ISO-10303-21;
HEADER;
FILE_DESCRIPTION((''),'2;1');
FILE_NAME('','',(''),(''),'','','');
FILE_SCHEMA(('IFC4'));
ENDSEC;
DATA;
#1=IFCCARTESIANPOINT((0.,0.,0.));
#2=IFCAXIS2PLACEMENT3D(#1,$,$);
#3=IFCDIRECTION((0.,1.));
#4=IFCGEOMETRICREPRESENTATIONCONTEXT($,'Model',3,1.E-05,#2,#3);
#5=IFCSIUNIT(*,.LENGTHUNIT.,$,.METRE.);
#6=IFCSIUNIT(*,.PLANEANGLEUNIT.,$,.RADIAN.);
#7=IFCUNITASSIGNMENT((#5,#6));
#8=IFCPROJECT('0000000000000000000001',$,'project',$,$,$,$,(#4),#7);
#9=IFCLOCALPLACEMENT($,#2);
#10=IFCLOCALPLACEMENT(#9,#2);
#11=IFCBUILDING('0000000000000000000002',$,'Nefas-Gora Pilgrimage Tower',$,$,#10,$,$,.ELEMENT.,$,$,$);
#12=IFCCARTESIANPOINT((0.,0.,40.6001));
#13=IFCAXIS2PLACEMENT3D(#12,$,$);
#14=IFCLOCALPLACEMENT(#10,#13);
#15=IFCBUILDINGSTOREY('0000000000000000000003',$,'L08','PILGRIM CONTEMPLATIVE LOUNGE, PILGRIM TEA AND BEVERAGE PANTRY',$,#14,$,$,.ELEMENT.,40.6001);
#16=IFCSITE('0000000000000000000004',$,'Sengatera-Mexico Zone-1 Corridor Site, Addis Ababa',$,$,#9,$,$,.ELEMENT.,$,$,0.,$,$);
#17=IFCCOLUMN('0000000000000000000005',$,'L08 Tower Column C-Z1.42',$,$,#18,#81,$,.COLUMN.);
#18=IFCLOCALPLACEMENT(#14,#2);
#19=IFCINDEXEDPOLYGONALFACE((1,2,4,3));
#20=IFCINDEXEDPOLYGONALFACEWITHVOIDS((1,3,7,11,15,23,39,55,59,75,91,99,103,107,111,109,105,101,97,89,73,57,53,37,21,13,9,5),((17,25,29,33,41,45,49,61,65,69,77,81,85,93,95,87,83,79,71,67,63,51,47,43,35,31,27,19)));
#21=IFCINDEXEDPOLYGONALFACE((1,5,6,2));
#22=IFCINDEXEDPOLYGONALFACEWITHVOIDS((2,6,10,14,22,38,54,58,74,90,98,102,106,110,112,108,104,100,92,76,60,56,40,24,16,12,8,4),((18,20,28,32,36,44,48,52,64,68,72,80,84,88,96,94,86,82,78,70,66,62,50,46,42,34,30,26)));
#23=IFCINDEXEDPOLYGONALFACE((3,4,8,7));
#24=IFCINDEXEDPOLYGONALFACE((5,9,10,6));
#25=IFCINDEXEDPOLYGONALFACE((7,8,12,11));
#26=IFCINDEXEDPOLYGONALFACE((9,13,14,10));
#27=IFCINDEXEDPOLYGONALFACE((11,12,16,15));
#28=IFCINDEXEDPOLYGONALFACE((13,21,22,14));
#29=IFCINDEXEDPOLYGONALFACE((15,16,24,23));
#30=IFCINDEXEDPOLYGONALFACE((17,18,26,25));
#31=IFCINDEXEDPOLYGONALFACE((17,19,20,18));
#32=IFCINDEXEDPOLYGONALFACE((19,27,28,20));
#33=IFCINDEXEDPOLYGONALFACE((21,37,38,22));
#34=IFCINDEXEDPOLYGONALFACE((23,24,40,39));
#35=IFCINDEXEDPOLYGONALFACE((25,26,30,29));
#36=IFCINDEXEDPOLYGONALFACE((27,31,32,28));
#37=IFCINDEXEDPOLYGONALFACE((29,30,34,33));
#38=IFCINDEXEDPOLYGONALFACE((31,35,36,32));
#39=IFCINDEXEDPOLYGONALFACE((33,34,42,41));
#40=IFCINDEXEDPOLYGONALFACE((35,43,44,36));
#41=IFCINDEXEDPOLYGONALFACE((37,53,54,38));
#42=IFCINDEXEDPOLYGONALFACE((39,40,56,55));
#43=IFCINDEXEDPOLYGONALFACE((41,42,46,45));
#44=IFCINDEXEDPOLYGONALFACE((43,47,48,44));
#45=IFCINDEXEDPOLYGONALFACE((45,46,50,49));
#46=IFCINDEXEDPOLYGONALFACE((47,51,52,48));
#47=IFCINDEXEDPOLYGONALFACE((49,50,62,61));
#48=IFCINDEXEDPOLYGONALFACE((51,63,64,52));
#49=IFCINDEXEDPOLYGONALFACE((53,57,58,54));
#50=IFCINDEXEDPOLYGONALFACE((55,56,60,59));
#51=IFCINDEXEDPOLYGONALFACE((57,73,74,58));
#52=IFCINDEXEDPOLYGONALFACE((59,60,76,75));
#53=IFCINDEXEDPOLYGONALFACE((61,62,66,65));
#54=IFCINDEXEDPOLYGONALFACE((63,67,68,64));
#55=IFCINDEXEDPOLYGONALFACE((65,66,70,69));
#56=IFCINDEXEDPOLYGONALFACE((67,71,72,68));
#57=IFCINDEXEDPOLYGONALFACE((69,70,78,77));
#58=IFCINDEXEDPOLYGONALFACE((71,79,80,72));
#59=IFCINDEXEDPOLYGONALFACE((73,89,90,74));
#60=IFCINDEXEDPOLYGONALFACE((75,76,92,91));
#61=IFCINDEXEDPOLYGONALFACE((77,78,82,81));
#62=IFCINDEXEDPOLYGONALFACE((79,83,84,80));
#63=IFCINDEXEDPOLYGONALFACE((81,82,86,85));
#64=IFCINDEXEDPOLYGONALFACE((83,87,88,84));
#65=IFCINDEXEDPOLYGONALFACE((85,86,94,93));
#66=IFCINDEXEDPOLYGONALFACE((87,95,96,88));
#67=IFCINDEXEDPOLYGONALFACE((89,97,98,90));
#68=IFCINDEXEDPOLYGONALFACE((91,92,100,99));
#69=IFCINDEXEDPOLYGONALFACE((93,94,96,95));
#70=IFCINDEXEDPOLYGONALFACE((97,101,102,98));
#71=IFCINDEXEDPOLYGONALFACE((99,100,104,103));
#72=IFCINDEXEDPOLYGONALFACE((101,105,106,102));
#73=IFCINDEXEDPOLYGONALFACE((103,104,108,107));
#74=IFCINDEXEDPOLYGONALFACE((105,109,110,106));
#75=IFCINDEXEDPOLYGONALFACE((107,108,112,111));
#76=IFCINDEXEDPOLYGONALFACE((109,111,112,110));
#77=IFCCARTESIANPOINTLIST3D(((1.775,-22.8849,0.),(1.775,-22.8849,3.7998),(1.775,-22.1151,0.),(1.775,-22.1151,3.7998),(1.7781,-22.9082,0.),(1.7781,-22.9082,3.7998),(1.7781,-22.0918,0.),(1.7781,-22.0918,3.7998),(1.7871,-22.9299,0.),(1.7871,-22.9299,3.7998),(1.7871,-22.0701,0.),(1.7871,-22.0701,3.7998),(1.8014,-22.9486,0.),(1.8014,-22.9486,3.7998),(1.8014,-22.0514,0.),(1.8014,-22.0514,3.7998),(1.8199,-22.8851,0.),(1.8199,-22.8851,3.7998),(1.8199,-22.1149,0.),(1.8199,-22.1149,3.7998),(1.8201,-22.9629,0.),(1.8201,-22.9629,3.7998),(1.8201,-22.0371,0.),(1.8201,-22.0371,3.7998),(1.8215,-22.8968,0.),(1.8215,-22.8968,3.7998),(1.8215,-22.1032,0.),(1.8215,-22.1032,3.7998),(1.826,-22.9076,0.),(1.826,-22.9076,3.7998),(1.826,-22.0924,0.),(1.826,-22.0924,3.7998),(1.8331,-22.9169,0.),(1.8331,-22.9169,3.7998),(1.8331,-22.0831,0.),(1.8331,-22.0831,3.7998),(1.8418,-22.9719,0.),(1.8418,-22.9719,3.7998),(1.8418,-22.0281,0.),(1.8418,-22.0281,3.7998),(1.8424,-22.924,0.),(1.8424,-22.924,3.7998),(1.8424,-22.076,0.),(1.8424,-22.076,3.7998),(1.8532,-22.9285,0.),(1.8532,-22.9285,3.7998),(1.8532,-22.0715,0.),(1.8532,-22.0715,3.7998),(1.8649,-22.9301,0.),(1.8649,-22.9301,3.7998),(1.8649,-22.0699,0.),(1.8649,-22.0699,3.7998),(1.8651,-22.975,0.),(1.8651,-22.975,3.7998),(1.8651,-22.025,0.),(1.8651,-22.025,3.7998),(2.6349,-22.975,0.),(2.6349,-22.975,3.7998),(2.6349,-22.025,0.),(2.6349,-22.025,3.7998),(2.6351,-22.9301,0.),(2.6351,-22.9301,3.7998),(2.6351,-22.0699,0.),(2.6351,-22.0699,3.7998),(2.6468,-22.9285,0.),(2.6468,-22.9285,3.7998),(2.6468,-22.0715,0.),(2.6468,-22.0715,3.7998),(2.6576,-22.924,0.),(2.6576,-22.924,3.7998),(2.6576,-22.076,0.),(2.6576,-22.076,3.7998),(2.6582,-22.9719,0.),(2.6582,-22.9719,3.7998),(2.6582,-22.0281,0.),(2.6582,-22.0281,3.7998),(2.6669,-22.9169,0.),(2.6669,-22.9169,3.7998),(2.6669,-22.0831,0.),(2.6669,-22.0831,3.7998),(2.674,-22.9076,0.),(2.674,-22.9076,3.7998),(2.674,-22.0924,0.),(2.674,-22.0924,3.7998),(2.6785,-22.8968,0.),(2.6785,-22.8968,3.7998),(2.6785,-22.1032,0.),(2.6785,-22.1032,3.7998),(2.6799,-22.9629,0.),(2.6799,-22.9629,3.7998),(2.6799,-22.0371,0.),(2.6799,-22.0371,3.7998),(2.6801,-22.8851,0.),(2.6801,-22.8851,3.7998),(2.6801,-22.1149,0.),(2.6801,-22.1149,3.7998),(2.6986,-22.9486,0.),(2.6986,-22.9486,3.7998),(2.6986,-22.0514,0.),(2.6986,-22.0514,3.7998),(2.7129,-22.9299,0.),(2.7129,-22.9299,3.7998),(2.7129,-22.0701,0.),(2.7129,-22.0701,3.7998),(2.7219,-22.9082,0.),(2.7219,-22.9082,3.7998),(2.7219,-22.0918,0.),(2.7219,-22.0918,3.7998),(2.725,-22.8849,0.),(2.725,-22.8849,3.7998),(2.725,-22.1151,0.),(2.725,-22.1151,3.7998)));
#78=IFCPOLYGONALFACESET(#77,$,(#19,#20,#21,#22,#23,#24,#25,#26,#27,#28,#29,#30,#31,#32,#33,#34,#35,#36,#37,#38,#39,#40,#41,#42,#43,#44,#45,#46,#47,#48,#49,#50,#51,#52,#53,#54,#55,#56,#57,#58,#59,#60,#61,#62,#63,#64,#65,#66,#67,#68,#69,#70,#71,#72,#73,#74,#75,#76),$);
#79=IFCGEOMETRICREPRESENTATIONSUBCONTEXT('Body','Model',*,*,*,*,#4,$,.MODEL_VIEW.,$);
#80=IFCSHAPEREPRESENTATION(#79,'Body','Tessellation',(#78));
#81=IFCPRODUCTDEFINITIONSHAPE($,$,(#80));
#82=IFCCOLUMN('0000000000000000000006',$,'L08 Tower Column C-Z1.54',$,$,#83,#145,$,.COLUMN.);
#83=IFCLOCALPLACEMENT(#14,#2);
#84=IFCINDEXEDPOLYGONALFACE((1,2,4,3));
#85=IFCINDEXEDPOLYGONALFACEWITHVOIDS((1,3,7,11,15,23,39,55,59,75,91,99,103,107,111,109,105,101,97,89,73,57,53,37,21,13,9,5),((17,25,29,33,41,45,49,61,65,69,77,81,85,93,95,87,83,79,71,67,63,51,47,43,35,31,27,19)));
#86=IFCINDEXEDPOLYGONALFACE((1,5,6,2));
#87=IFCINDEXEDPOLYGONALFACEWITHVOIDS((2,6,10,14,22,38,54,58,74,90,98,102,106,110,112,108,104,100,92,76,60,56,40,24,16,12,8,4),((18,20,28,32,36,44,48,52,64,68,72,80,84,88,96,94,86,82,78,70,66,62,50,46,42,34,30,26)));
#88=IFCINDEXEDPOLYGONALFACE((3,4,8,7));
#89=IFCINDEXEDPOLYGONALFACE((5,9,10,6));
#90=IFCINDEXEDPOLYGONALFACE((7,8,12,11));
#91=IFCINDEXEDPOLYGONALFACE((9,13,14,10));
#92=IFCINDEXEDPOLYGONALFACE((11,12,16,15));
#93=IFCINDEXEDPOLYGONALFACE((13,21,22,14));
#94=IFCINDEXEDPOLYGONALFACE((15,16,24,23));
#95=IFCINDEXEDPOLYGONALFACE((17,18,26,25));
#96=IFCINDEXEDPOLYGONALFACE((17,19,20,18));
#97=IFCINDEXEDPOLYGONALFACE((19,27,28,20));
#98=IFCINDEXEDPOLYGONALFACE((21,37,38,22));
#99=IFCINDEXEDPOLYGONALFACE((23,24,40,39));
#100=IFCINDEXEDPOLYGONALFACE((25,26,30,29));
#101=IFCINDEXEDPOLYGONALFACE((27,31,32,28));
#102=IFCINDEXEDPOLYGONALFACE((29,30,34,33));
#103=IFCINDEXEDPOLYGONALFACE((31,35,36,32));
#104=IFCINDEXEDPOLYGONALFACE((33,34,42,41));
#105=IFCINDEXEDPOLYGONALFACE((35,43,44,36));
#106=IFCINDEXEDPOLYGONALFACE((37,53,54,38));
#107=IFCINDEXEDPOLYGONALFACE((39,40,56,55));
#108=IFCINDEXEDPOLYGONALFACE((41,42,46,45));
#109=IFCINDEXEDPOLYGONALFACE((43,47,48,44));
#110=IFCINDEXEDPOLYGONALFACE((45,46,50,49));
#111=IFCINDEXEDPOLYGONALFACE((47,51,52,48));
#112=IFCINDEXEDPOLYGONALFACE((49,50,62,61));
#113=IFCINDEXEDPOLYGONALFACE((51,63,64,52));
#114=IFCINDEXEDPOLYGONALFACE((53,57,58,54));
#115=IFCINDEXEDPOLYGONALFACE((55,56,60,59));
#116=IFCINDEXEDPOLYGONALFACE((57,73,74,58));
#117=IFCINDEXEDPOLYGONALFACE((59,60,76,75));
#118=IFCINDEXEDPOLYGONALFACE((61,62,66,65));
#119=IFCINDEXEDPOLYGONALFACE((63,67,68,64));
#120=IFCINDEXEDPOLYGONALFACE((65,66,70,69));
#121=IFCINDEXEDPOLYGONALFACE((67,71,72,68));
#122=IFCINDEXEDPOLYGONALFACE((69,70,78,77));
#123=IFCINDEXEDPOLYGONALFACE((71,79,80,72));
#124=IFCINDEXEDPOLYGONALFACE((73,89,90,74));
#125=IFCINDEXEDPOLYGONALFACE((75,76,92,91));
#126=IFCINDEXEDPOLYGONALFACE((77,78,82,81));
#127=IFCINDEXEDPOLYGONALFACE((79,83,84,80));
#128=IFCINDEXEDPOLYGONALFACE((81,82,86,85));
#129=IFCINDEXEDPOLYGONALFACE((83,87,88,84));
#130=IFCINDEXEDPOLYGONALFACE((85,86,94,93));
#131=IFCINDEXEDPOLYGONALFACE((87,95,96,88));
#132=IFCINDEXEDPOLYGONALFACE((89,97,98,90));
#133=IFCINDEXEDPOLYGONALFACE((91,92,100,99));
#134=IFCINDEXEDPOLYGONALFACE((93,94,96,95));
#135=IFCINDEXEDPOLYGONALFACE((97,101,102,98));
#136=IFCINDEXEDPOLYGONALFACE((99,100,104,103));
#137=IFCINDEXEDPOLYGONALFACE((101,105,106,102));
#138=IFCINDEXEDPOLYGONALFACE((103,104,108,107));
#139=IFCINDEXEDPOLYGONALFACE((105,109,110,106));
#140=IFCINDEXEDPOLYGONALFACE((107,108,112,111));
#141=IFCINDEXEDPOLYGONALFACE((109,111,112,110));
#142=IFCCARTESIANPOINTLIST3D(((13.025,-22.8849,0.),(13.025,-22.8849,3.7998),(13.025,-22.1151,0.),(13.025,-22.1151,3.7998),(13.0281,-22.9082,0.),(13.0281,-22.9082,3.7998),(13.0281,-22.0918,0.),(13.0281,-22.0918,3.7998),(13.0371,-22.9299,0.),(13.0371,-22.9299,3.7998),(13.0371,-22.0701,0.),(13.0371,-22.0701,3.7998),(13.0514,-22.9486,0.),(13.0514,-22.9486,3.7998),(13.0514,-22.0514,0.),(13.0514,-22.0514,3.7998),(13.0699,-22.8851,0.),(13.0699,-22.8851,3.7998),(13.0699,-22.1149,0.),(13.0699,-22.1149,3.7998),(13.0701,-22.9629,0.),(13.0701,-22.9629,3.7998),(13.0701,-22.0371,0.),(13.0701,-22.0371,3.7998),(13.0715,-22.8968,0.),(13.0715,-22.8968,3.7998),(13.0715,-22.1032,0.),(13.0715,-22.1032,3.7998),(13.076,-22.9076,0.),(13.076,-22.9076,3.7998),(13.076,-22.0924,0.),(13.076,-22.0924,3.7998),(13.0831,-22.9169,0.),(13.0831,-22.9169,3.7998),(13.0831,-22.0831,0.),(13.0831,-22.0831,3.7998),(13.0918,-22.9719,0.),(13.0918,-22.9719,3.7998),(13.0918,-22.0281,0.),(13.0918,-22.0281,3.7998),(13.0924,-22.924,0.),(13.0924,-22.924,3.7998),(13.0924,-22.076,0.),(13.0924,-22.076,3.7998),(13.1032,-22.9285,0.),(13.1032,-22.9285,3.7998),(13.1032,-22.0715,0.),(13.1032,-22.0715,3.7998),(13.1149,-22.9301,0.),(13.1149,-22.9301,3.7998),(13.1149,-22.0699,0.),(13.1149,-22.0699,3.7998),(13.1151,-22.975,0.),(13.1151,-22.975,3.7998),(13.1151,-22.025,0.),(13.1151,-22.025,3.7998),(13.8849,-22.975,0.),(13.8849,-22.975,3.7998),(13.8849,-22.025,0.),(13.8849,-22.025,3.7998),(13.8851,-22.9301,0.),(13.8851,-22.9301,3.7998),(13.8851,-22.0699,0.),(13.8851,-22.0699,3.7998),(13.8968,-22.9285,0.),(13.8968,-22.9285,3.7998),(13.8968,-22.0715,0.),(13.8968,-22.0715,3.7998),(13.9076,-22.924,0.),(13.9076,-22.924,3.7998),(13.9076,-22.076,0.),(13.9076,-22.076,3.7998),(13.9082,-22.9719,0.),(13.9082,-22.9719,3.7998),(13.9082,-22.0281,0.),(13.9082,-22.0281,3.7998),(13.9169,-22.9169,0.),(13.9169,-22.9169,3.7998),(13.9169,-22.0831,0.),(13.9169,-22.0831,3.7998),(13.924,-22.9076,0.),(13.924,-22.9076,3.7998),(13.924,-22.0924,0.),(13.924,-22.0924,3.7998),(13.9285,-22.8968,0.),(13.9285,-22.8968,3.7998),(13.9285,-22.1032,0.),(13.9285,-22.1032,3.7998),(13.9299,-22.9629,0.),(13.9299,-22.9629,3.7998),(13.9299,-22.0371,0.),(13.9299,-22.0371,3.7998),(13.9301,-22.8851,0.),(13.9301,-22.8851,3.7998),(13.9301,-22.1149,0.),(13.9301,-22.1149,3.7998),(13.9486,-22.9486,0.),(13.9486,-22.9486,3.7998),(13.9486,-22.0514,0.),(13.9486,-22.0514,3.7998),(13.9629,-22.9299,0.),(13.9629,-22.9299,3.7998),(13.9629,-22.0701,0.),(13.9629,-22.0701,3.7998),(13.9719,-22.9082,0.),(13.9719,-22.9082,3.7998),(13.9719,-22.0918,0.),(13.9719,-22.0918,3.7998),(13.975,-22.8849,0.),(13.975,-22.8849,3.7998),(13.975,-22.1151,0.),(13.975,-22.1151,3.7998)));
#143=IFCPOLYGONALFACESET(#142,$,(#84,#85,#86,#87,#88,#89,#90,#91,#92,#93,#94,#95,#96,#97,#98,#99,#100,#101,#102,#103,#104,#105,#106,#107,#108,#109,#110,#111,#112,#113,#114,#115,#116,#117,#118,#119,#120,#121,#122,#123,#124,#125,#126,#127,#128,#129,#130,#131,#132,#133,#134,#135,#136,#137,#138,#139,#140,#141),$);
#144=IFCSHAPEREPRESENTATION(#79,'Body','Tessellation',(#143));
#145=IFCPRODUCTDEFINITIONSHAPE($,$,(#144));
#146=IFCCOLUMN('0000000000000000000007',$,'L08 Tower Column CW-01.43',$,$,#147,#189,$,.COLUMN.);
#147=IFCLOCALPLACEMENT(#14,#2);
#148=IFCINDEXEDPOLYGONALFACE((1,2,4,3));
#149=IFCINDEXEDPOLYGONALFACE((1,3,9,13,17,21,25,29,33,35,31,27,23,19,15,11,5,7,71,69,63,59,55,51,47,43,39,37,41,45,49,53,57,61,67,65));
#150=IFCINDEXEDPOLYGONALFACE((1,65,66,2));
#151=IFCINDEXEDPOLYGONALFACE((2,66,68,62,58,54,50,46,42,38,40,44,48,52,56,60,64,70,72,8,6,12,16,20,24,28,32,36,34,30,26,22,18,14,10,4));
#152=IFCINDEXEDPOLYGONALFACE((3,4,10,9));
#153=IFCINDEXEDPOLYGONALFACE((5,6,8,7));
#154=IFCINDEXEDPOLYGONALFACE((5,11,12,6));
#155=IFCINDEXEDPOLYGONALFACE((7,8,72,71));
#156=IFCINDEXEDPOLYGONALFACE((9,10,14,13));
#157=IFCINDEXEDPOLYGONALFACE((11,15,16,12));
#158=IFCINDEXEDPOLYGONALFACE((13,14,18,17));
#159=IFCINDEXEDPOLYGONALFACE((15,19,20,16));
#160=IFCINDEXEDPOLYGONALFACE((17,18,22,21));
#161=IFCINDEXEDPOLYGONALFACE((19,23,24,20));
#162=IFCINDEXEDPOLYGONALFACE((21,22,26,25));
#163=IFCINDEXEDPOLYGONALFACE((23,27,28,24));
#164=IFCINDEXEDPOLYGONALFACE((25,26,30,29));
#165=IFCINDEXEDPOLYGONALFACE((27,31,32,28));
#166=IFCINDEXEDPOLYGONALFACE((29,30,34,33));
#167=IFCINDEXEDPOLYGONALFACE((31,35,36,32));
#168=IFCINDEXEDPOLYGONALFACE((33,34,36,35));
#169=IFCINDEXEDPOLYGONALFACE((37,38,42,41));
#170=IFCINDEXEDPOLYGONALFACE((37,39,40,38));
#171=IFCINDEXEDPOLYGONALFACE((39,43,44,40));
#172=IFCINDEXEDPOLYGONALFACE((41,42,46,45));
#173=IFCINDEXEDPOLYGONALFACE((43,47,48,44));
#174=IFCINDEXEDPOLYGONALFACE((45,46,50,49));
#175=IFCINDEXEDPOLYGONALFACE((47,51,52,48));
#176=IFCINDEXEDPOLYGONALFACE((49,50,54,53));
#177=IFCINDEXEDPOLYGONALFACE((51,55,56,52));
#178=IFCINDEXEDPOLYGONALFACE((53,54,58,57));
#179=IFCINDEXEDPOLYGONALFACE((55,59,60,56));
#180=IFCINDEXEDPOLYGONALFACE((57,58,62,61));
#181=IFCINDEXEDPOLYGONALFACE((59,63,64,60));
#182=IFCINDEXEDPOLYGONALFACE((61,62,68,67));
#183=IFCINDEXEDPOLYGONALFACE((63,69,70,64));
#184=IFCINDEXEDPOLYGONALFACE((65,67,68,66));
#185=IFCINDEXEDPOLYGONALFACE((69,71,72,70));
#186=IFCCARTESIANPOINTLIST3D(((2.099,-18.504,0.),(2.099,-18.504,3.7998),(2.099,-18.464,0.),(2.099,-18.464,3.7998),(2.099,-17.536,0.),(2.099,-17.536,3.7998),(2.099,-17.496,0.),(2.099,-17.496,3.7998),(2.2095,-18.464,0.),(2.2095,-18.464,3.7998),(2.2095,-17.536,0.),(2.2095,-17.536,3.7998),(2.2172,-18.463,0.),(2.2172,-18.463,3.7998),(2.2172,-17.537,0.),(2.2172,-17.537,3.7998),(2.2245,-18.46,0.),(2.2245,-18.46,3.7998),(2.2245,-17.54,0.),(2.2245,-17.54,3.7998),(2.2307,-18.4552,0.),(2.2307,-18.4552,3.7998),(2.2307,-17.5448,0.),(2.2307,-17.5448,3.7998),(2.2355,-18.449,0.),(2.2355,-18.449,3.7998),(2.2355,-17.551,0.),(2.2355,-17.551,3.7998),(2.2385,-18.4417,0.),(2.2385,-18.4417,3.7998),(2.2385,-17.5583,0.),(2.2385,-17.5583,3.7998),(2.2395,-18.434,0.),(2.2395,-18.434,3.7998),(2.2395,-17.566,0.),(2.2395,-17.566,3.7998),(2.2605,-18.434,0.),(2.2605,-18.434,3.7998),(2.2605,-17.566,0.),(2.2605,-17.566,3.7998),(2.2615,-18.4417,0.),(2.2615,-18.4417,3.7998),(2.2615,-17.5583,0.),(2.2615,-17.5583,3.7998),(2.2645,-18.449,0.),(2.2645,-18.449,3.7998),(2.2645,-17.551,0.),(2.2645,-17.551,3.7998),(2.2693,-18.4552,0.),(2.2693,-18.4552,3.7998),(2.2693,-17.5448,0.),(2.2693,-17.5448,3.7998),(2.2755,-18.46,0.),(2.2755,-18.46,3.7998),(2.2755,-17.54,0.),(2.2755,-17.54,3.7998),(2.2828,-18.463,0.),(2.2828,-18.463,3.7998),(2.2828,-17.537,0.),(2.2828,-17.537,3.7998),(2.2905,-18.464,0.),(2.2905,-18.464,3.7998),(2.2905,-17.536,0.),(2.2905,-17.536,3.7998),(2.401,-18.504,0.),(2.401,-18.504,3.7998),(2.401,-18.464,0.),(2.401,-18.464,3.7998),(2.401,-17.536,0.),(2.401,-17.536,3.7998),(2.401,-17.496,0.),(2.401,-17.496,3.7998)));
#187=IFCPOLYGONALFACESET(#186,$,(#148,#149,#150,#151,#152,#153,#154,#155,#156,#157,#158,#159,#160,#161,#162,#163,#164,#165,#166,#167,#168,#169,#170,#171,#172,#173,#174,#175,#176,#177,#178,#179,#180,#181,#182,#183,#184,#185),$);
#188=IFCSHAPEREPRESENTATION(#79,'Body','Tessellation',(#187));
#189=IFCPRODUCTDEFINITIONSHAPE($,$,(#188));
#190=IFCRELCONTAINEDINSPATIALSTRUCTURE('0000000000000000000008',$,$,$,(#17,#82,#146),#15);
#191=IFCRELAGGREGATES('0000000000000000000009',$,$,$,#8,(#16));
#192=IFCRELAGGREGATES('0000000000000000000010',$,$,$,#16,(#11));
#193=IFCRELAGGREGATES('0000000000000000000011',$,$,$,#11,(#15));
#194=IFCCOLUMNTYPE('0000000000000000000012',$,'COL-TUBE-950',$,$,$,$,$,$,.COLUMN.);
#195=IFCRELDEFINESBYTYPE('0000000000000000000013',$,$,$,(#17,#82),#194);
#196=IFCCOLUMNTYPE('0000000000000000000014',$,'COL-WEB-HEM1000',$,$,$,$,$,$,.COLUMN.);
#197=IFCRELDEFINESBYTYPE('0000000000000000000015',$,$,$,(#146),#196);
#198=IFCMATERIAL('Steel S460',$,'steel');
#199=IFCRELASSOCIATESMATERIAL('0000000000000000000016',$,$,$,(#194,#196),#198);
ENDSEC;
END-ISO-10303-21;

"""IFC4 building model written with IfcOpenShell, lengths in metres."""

from ifc_helpers import new_model, si_unit, direction, frame, origin, origin_2d, place, context, subcontext, project, spatial, hollow_rectangle, i_section, extrude, source, transform, mapped, material, material_profile, profile_set, type_object, element, save


model = new_model("IFC4")

# Units and contexts
model_context = context("Model", 3, precision=1e-05, world=origin(), true_north=direction((0.0, 1.0)))
body_context = subcontext(model_context, "Body", "Model", "MODEL_VIEW")
ifc_project = project(units=[si_unit("LENGTHUNIT", "METRE"), si_unit("PLANEANGLEUNIT", "RADIAN")], contexts=[model_context])

# Site, building, storey
site_placement = place(None, origin())
site = spatial("IfcSite", under=ifc_project, at=site_placement, Name="Sengatera-Mexico Zone-1 Corridor Site, Addis Ababa", CompositionType="ELEMENT", RefElevation=0.0)
building_placement = place(site_placement, origin())
building = spatial("IfcBuilding", under=site, at=building_placement, Name="Nefas-Gora Pilgrimage Tower", CompositionType="ELEMENT")
storey_placement = place(building_placement, frame((0.0, 0.0, 40.6001)))
storey = spatial("IfcBuildingStorey", under=building, at=storey_placement, Name="L08", Description="PILGRIM CONTEMPLATIVE LOUNGE, PILGRIM TEA AND BEVERAGE PANTRY", CompositionType="ELEMENT", Elevation=40.6001)

# Columns
ifc_material_1 = material(Name="Steel S460", Category="steel")
ifc_material_profile_1 = material_profile(ifc_material_1, hollow_rectangle(XDim=0.95, YDim=0.95, WallThickness=0.0449, InnerFilletRadius=0.0449, OuterFilletRadius=0.0901, at=origin_2d()), Name="BOX 950x950x45")
ifc_profile_set_1 = profile_set([ifc_material_profile_1], Name="Steel S460")
column_type_1 = type_object("IfcColumnType", Name="COL-TUBE-950", PredefinedType="COLUMN", material=ifc_profile_set_1)
shared_shape_1 = source(origin(), body_context, "Body", "SweptSolid", [
    extrude(hollow_rectangle(XDim=0.95, YDim=0.95, WallThickness=0.0449, InnerFilletRadius=0.0449, OuterFilletRadius=0.0901, at=origin_2d()), origin(), (0.0, 0.0, 1.0), 3.7998),
])
for number, where, z_axis, x_axis, name in (
    (1, (2.25, -22.5, 0.0), (0.0, 0.0, 1.0), (1.0, 0.0, 0.0), "L08 Tower Column C-Z1.42"),
    (2, (13.5, -22.5, 0.0), (0.0, 0.0, 1.0), (1.0, 0.0, 0.0), "L08 Tower Column C-Z1.54"),
):
    element("IfcColumn", number, at=place(storey_placement, frame(where, z_axis=z_axis, x_axis=x_axis)), inside=storey, type_object=column_type_1, Name=name, PredefinedType="COLUMN", context=body_context, shape_type="MappedRepresentation", body=[
        mapped(shared_shape_1, transform((0.0, 0.0, 0.0), x_axis=(1.0, 0.0, 0.0), y_axis=(0.0, 1.0, 0.0), z_axis=(0.0, 0.0, 1.0), scale=1.0)),
    ])
ifc_material_profile_2 = material_profile(ifc_material_1, i_section(OverallWidth=0.302, OverallDepth=1.0081, WebThickness=0.021, FlangeThickness=0.04, FilletRadius=0.03, at=origin_2d()), Name="HEM 1000")
ifc_profile_set_2 = profile_set([ifc_material_profile_2], Name="Steel S460")
column_type_2 = type_object("IfcColumnType", Name="COL-WEB-HEM1000", PredefinedType="COLUMN", material=ifc_profile_set_2)
shared_shape_2 = source(origin(), body_context, "Body", "SweptSolid", [
    extrude(i_section(OverallWidth=0.302, OverallDepth=1.0081, WebThickness=0.021, FlangeThickness=0.04, FilletRadius=0.03, at=origin_2d()), origin(), (0.0, 0.0, 1.0), 3.7998),
])
for number, where, z_axis, x_axis, name in (
    (3, (2.25, -18.0, 0.0), (0.0, 0.0, 1.0), (1.0, 0.0, 0.0), "L08 Tower Column CW-01.43"),
):
    element("IfcColumn", number, at=place(storey_placement, frame(where, z_axis=z_axis, x_axis=x_axis)), inside=storey, type_object=column_type_2, Name=name, PredefinedType="COLUMN", context=body_context, shape_type="MappedRepresentation", body=[
        mapped(shared_shape_2, transform((0.0, 0.0, 0.0), x_axis=(1.0, 0.0, 0.0), y_axis=(0.0, 1.0, 0.0), z_axis=(0.0, 0.0, 1.0), scale=1.0)),
    ])

save(model, "model.ifc")
